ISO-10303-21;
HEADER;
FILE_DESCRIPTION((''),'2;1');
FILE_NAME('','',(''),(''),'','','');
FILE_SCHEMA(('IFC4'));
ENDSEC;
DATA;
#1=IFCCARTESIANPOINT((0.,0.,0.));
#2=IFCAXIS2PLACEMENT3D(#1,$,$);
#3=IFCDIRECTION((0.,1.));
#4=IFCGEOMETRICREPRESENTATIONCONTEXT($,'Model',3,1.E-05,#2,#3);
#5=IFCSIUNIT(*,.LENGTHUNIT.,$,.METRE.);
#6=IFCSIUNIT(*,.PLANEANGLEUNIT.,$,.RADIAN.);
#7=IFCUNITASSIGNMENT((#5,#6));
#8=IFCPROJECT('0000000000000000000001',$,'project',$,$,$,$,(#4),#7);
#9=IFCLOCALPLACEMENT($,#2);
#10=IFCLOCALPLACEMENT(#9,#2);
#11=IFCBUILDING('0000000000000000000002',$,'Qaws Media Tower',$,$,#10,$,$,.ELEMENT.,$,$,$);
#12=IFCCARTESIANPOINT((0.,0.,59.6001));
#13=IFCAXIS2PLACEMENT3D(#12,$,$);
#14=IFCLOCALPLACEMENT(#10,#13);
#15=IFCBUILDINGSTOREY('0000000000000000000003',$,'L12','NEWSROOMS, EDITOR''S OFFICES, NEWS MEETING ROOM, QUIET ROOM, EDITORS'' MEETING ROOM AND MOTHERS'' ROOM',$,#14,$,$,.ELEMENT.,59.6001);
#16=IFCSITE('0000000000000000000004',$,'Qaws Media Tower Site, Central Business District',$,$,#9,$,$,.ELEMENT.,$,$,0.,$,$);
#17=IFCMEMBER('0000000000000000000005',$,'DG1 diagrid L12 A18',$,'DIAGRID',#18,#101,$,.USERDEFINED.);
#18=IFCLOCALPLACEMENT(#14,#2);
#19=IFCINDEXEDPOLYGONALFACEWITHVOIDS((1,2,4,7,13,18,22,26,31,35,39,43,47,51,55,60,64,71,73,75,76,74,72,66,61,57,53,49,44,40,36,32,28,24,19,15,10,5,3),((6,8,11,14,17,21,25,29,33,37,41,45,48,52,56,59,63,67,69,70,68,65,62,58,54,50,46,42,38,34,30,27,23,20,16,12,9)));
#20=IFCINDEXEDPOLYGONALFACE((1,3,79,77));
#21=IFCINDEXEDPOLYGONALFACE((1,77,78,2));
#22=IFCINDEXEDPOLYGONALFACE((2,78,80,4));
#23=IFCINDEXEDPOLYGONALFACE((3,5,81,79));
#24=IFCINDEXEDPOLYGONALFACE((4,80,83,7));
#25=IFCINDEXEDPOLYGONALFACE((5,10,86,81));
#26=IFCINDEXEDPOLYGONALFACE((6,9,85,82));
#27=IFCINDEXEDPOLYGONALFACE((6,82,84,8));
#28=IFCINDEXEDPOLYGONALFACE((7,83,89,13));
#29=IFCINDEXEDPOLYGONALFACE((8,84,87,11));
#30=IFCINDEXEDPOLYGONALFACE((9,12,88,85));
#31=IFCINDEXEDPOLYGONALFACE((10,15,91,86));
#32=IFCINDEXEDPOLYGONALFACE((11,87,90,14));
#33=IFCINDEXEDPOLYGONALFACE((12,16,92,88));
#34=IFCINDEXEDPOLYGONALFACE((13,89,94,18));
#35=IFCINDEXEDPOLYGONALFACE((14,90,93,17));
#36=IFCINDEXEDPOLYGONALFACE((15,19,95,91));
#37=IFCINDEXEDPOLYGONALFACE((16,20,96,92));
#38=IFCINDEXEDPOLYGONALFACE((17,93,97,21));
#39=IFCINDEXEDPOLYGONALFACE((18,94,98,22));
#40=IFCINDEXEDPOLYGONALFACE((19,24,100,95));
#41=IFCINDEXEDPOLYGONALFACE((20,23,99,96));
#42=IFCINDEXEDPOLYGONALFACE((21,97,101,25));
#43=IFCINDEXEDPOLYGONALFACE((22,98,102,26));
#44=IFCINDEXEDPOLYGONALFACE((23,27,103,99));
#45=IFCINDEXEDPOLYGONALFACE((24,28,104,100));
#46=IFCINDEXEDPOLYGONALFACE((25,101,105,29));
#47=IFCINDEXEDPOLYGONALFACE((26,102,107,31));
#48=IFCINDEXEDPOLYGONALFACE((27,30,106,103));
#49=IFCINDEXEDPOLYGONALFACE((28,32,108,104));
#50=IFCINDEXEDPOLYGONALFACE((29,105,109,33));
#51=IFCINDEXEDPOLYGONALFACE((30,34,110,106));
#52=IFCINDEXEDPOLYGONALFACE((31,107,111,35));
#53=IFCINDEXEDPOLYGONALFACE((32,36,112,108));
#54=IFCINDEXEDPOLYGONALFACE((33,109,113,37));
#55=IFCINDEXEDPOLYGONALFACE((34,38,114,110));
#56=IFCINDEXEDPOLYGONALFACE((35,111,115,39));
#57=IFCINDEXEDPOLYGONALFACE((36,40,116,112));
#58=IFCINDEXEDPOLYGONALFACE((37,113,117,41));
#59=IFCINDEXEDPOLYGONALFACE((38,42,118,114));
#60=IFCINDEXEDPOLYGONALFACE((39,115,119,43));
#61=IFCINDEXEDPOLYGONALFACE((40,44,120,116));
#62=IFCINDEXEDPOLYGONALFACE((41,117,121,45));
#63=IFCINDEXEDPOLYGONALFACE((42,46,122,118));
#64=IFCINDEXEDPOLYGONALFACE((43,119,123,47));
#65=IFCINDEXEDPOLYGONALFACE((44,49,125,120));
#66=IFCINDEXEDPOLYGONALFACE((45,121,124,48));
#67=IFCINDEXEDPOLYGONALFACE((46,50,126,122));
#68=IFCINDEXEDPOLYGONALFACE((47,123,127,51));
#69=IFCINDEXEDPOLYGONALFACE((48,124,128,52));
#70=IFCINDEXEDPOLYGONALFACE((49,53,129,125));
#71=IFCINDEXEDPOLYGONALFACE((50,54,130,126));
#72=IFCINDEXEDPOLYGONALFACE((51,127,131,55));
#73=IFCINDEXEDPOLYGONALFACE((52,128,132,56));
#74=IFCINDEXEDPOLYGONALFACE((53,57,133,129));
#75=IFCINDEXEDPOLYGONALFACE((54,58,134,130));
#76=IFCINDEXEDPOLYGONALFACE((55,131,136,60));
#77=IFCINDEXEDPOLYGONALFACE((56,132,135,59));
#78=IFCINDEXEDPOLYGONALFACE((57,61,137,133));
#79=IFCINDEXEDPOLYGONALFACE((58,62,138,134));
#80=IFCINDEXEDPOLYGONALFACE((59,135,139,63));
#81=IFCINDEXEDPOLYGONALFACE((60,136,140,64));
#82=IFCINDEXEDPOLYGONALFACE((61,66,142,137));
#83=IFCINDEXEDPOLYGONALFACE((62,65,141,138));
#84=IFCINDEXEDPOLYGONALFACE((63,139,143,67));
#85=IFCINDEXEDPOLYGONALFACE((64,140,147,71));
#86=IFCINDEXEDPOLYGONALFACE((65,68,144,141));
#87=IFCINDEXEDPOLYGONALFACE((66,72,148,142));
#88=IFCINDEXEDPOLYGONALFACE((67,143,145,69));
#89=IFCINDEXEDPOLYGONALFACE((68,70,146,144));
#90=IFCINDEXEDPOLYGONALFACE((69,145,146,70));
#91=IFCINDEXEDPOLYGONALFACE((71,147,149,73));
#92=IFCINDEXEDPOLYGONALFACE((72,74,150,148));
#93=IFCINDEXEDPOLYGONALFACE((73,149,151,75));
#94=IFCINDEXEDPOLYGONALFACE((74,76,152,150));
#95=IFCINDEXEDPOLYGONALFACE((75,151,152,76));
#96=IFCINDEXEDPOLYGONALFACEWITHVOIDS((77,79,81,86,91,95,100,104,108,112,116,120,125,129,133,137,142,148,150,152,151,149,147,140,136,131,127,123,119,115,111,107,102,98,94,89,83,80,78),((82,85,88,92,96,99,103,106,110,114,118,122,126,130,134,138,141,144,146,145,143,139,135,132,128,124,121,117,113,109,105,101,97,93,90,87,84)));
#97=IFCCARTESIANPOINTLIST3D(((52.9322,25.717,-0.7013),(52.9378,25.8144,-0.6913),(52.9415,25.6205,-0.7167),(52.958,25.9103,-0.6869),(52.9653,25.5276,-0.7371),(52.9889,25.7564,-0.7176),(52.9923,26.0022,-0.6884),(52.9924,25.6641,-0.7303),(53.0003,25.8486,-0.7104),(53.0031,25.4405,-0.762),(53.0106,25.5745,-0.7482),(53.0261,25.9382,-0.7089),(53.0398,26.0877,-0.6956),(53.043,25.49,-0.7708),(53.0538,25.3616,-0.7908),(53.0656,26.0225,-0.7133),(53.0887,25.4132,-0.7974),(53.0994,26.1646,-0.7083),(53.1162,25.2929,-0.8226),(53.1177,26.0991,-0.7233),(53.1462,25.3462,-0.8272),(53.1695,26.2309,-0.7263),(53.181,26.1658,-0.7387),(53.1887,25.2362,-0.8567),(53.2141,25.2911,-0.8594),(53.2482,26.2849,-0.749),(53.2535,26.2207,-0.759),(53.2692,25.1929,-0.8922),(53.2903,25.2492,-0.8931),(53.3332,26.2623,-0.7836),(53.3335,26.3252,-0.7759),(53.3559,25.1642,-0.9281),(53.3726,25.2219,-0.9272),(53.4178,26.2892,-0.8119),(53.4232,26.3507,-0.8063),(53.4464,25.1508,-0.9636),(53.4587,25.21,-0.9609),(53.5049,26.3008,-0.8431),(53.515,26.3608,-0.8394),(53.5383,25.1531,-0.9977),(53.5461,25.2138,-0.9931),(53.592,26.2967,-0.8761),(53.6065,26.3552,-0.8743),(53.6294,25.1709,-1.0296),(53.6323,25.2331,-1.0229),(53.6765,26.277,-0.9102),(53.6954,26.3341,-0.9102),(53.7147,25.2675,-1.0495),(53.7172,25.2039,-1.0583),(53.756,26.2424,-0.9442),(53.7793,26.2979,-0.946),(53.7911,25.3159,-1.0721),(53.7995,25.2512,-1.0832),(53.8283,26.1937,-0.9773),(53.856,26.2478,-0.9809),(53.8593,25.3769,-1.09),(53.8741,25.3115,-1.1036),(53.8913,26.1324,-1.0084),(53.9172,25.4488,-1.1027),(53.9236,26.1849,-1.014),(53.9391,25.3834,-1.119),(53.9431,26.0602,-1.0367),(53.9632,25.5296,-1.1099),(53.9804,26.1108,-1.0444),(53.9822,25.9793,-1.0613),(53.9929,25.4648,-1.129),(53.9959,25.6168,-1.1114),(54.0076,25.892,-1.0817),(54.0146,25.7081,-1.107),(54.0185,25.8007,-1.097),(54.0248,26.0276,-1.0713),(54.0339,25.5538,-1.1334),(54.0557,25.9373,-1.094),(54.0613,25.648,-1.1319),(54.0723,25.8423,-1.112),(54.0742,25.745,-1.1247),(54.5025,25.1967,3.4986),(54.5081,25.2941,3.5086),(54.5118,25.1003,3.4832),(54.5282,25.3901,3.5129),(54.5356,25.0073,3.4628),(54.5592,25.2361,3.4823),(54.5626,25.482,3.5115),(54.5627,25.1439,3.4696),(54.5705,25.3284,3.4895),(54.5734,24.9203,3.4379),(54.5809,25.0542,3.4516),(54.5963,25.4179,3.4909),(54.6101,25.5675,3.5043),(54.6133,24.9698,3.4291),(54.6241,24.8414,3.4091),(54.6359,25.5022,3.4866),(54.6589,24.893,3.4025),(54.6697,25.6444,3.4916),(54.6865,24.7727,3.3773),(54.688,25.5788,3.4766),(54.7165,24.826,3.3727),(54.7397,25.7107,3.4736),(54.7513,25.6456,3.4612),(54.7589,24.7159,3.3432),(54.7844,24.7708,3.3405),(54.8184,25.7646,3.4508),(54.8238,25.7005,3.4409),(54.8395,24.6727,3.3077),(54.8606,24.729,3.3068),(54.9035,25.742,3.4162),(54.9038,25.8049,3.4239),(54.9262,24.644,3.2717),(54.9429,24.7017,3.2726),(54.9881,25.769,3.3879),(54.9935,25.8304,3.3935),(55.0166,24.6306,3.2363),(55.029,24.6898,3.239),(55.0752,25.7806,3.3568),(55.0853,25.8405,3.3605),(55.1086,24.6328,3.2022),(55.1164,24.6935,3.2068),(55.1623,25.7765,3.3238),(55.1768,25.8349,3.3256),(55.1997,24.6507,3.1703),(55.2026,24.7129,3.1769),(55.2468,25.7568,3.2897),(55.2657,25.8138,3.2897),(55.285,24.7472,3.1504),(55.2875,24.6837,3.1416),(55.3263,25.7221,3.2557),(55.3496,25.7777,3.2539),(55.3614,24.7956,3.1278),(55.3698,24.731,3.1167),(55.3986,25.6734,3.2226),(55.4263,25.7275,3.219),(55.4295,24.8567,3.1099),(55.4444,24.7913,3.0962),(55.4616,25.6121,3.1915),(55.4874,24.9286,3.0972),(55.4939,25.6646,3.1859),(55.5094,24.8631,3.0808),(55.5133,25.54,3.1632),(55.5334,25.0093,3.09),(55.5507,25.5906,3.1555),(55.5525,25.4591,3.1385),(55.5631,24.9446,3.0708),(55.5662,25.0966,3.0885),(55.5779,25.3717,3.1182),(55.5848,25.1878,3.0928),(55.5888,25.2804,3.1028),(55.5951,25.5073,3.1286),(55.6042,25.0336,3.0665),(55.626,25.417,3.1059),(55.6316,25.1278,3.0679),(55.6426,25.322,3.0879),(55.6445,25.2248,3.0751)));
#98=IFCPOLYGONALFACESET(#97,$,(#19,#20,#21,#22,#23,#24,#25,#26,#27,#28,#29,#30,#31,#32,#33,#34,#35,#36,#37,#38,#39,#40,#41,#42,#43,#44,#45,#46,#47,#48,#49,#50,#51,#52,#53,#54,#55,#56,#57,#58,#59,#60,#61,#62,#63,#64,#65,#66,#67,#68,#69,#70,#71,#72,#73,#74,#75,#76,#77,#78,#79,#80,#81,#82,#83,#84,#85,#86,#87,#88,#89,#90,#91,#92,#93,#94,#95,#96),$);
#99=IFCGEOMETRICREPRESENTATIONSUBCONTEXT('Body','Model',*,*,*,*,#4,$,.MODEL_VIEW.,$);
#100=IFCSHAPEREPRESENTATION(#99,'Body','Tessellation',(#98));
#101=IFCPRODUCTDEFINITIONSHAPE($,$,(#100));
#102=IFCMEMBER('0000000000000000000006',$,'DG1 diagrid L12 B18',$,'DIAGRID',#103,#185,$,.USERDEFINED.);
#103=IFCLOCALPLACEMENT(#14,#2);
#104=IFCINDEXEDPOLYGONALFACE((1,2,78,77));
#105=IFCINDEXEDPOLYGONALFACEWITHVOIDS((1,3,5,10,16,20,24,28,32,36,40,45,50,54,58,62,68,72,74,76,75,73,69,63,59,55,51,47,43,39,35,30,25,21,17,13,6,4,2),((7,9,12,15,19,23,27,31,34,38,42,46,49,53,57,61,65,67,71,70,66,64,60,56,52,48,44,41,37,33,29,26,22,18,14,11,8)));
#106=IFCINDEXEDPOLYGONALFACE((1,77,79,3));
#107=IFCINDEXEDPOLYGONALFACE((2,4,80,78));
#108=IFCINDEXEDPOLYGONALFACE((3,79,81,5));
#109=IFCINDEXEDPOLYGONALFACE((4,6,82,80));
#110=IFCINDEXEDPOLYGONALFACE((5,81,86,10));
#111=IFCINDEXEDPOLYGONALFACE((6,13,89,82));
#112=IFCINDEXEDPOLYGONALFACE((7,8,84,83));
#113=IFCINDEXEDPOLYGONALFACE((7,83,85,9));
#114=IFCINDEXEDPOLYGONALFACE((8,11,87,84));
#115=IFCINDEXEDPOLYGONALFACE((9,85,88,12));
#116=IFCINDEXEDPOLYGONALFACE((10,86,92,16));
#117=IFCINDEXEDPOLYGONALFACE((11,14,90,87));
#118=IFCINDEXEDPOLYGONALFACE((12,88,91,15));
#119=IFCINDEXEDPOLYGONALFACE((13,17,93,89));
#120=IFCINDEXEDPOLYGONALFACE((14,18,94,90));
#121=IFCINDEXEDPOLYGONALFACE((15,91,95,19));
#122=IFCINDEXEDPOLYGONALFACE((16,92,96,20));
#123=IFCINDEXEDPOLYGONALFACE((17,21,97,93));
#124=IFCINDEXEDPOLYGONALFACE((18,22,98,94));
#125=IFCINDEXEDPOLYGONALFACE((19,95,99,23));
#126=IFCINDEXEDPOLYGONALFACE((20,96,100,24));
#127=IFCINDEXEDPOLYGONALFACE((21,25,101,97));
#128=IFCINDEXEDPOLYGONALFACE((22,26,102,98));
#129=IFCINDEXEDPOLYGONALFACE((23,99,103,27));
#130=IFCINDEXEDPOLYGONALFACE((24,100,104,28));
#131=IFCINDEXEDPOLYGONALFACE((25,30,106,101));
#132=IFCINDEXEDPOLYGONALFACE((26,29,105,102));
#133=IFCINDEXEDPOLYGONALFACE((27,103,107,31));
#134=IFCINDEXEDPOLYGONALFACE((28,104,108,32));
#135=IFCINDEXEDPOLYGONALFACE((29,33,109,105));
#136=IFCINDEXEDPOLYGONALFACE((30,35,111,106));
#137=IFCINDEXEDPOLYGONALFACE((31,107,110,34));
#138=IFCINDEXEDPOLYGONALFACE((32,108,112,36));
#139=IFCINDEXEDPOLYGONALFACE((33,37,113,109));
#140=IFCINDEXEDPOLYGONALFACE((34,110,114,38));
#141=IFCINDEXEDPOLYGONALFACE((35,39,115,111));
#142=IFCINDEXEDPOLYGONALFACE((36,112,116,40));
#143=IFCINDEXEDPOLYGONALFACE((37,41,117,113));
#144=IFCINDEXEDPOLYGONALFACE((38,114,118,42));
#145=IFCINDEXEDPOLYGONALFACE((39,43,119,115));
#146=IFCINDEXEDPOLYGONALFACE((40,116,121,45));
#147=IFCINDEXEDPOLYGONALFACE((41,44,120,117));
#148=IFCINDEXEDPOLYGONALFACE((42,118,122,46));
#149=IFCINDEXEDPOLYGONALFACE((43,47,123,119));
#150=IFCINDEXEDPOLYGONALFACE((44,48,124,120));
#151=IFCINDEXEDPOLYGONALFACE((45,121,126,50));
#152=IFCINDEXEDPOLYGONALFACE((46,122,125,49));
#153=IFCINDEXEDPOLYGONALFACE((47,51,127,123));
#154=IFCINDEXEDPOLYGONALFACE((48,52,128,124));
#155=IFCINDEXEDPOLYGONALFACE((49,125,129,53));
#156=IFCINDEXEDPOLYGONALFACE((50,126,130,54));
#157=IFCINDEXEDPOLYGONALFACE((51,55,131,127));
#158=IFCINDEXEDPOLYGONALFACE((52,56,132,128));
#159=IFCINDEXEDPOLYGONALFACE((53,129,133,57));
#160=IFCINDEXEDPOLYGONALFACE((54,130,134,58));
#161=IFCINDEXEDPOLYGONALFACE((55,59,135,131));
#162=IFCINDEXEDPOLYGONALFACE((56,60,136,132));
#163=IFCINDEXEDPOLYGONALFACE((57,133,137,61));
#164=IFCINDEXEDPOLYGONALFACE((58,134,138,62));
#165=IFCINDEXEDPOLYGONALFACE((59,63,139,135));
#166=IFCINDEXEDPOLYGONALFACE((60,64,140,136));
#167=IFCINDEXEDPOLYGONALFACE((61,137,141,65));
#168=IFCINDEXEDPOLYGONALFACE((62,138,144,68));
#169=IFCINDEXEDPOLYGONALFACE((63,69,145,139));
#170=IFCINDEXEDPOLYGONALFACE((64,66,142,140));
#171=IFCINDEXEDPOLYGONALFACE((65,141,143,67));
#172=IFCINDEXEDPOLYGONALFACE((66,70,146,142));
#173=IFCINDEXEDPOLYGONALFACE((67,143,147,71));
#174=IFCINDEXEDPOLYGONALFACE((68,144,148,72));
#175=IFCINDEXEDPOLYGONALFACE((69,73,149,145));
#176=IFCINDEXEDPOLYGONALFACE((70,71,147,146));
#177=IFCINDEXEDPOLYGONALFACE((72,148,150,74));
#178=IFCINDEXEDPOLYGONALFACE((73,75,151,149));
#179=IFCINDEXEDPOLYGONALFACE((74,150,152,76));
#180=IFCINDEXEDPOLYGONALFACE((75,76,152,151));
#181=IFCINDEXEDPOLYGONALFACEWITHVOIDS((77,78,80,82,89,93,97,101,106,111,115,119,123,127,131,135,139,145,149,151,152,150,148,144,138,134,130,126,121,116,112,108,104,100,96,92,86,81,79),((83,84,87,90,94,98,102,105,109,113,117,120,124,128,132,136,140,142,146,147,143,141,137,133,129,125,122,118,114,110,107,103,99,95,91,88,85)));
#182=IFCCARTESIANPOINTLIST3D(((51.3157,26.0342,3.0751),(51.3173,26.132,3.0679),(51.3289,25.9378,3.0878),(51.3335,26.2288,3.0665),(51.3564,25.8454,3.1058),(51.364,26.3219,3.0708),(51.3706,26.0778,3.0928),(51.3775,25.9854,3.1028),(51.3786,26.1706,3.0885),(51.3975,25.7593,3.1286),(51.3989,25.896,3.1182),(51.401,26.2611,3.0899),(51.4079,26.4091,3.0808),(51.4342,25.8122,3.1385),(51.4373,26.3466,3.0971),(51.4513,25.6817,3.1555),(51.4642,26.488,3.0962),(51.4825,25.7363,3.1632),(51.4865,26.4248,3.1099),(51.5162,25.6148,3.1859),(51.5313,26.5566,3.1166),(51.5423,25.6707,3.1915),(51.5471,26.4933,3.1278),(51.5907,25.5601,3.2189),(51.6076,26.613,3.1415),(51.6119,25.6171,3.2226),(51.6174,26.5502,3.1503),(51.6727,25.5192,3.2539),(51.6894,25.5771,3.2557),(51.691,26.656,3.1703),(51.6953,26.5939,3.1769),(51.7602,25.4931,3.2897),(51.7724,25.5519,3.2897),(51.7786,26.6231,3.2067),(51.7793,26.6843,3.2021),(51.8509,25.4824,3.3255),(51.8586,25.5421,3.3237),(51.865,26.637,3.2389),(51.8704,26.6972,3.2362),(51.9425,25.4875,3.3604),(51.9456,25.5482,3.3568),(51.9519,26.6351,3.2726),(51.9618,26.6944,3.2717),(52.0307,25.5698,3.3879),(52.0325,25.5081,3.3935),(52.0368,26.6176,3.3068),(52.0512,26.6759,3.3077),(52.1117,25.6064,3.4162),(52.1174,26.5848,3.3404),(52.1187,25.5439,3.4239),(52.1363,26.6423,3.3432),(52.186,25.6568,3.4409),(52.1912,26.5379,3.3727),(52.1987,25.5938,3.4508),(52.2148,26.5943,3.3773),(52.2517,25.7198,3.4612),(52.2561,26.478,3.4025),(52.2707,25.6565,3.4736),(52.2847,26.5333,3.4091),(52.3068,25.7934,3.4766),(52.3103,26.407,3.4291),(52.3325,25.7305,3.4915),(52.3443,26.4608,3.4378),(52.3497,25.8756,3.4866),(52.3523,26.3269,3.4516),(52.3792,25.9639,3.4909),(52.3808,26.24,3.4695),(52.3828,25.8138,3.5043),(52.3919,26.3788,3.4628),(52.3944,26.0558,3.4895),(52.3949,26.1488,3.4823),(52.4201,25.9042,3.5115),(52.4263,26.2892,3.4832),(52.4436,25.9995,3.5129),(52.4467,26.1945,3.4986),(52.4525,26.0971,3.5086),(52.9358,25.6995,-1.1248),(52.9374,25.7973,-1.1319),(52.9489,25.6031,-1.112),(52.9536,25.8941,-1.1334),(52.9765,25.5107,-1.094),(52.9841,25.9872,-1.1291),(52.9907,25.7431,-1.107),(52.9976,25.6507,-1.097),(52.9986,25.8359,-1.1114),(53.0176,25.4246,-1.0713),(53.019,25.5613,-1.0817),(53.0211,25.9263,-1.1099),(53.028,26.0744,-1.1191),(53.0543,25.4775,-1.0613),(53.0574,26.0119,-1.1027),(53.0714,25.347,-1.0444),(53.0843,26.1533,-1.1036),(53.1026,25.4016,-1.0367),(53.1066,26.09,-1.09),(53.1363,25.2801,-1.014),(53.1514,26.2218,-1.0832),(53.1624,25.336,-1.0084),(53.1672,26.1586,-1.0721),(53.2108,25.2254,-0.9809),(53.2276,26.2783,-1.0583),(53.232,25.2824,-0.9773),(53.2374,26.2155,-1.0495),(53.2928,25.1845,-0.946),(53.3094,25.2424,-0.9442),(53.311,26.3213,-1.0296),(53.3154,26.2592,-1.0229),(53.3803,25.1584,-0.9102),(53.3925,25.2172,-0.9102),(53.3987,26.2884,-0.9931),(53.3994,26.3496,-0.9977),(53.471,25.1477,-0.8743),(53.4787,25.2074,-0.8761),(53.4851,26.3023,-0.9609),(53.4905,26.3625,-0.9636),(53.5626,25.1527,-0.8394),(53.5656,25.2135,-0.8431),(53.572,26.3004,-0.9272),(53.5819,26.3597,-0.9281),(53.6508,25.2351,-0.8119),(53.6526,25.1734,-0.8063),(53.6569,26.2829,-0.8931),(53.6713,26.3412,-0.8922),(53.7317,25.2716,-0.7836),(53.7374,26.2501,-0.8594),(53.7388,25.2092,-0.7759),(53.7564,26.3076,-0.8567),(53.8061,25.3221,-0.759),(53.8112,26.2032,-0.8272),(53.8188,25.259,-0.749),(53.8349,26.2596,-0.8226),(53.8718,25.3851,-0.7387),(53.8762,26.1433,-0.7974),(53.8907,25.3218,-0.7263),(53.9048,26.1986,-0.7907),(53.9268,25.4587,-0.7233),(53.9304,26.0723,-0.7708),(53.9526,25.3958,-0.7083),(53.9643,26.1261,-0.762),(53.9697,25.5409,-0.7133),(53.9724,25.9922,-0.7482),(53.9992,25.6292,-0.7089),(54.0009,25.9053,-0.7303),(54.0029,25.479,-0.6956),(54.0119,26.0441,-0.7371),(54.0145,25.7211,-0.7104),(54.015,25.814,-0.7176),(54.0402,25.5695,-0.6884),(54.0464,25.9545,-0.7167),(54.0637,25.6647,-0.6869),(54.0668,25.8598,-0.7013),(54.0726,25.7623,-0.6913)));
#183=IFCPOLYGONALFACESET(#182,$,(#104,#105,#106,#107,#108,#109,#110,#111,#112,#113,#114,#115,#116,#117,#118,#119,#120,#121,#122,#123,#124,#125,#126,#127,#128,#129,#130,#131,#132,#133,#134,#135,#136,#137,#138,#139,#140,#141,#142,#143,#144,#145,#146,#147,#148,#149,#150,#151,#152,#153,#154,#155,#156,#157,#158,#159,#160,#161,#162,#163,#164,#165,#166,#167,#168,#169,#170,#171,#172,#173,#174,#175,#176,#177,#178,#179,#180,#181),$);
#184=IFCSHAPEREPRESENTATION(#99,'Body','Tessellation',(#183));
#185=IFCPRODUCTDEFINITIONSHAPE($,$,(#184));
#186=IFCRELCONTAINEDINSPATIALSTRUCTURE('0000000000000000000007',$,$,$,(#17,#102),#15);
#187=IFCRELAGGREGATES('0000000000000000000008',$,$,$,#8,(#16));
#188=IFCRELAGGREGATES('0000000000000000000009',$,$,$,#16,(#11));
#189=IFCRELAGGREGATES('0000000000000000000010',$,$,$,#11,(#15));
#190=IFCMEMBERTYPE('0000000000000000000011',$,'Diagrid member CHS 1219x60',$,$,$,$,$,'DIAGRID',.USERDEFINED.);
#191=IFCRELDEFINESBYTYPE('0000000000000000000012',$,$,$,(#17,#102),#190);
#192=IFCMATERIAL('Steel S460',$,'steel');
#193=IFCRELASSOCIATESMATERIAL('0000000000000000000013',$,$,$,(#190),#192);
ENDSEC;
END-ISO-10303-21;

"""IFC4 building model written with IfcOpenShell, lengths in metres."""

from ifc_helpers import new_model, si_unit, direction, frame, origin, origin_2d, place, context, subcontext, project, spatial, hollow_circle, extrude, material, material_profile, profile_set, type_object, element, save


model = new_model("IFC4")

# Units and contexts
model_context = context("Model", 3, precision=1e-05, world=origin(), true_north=direction((0.0, 1.0)))
body_context = subcontext(model_context, "Body", "Model", "MODEL_VIEW")
ifc_project = project(units=[si_unit("LENGTHUNIT", "METRE"), si_unit("PLANEANGLEUNIT", "RADIAN")], contexts=[model_context])

# Site, building, storey
site_placement = place(None, origin())
site = spatial("IfcSite", under=ifc_project, at=site_placement, Name="Qaws Media Tower Site, Central Business District", CompositionType="ELEMENT", RefElevation=0.0)
building_placement = place(site_placement, origin())
building = spatial("IfcBuilding", under=site, at=building_placement, Name="Qaws Media Tower", CompositionType="ELEMENT")
storey_placement = place(building_placement, frame((0.0, 0.0, 59.6001)))
storey = spatial("IfcBuildingStorey", under=building, at=storey_placement, Name="L12", Description="NEWSROOMS, EDITOR'S OFFICES, NEWS MEETING ROOM, QUIET ROOM, EDITORS' MEETING ROOM AND MOTHERS' ROOM", CompositionType="ELEMENT", Elevation=59.6001)

# Members
ifc_material_1 = material(Name="Steel S460", Category="steel")
ifc_material_profile_1 = material_profile(ifc_material_1, hollow_circle(Radius=0.6096, WallThickness=0.0601, at=origin_2d()), Name="CHS 1219x60")
ifc_profile_set_1 = profile_set([ifc_material_profile_1], Name="Steel S460")
member_type_1 = type_object("IfcMemberType", Name="Diagrid member CHS 1219x60", ElementType="DIAGRID", PredefinedType="USERDEFINED", material=ifc_profile_set_1)
for number, where, z_axis, x_axis, name in (
    (1, (53.5037, 25.7554, -0.9102), (0.347876, -0.115256, 0.930429), (0.314501, 0.949257, 0.0), "DG1 diagrid L12 A18"),
    (2, (53.5037, 25.7554, -0.9102), (-0.358908, 0.07415, 0.930423), (-0.202327, -0.979318, 0.0), "DG1 diagrid L12 B18"),
):
    element("IfcMember", number, at=place(storey_placement, frame(where, z_axis=z_axis, x_axis=x_axis)), inside=storey, type_object=member_type_1, Name=name, ObjectType="DIAGRID", PredefinedType="USERDEFINED", context=body_context, shape_type="SweptSolid", body=[
        extrude(hollow_circle(Radius=0.6096, WallThickness=0.0601, at=origin_2d()), origin(), (0.0, 0.0, 1.0), 4.5139),
    ])

save(model, "model.ifc")
